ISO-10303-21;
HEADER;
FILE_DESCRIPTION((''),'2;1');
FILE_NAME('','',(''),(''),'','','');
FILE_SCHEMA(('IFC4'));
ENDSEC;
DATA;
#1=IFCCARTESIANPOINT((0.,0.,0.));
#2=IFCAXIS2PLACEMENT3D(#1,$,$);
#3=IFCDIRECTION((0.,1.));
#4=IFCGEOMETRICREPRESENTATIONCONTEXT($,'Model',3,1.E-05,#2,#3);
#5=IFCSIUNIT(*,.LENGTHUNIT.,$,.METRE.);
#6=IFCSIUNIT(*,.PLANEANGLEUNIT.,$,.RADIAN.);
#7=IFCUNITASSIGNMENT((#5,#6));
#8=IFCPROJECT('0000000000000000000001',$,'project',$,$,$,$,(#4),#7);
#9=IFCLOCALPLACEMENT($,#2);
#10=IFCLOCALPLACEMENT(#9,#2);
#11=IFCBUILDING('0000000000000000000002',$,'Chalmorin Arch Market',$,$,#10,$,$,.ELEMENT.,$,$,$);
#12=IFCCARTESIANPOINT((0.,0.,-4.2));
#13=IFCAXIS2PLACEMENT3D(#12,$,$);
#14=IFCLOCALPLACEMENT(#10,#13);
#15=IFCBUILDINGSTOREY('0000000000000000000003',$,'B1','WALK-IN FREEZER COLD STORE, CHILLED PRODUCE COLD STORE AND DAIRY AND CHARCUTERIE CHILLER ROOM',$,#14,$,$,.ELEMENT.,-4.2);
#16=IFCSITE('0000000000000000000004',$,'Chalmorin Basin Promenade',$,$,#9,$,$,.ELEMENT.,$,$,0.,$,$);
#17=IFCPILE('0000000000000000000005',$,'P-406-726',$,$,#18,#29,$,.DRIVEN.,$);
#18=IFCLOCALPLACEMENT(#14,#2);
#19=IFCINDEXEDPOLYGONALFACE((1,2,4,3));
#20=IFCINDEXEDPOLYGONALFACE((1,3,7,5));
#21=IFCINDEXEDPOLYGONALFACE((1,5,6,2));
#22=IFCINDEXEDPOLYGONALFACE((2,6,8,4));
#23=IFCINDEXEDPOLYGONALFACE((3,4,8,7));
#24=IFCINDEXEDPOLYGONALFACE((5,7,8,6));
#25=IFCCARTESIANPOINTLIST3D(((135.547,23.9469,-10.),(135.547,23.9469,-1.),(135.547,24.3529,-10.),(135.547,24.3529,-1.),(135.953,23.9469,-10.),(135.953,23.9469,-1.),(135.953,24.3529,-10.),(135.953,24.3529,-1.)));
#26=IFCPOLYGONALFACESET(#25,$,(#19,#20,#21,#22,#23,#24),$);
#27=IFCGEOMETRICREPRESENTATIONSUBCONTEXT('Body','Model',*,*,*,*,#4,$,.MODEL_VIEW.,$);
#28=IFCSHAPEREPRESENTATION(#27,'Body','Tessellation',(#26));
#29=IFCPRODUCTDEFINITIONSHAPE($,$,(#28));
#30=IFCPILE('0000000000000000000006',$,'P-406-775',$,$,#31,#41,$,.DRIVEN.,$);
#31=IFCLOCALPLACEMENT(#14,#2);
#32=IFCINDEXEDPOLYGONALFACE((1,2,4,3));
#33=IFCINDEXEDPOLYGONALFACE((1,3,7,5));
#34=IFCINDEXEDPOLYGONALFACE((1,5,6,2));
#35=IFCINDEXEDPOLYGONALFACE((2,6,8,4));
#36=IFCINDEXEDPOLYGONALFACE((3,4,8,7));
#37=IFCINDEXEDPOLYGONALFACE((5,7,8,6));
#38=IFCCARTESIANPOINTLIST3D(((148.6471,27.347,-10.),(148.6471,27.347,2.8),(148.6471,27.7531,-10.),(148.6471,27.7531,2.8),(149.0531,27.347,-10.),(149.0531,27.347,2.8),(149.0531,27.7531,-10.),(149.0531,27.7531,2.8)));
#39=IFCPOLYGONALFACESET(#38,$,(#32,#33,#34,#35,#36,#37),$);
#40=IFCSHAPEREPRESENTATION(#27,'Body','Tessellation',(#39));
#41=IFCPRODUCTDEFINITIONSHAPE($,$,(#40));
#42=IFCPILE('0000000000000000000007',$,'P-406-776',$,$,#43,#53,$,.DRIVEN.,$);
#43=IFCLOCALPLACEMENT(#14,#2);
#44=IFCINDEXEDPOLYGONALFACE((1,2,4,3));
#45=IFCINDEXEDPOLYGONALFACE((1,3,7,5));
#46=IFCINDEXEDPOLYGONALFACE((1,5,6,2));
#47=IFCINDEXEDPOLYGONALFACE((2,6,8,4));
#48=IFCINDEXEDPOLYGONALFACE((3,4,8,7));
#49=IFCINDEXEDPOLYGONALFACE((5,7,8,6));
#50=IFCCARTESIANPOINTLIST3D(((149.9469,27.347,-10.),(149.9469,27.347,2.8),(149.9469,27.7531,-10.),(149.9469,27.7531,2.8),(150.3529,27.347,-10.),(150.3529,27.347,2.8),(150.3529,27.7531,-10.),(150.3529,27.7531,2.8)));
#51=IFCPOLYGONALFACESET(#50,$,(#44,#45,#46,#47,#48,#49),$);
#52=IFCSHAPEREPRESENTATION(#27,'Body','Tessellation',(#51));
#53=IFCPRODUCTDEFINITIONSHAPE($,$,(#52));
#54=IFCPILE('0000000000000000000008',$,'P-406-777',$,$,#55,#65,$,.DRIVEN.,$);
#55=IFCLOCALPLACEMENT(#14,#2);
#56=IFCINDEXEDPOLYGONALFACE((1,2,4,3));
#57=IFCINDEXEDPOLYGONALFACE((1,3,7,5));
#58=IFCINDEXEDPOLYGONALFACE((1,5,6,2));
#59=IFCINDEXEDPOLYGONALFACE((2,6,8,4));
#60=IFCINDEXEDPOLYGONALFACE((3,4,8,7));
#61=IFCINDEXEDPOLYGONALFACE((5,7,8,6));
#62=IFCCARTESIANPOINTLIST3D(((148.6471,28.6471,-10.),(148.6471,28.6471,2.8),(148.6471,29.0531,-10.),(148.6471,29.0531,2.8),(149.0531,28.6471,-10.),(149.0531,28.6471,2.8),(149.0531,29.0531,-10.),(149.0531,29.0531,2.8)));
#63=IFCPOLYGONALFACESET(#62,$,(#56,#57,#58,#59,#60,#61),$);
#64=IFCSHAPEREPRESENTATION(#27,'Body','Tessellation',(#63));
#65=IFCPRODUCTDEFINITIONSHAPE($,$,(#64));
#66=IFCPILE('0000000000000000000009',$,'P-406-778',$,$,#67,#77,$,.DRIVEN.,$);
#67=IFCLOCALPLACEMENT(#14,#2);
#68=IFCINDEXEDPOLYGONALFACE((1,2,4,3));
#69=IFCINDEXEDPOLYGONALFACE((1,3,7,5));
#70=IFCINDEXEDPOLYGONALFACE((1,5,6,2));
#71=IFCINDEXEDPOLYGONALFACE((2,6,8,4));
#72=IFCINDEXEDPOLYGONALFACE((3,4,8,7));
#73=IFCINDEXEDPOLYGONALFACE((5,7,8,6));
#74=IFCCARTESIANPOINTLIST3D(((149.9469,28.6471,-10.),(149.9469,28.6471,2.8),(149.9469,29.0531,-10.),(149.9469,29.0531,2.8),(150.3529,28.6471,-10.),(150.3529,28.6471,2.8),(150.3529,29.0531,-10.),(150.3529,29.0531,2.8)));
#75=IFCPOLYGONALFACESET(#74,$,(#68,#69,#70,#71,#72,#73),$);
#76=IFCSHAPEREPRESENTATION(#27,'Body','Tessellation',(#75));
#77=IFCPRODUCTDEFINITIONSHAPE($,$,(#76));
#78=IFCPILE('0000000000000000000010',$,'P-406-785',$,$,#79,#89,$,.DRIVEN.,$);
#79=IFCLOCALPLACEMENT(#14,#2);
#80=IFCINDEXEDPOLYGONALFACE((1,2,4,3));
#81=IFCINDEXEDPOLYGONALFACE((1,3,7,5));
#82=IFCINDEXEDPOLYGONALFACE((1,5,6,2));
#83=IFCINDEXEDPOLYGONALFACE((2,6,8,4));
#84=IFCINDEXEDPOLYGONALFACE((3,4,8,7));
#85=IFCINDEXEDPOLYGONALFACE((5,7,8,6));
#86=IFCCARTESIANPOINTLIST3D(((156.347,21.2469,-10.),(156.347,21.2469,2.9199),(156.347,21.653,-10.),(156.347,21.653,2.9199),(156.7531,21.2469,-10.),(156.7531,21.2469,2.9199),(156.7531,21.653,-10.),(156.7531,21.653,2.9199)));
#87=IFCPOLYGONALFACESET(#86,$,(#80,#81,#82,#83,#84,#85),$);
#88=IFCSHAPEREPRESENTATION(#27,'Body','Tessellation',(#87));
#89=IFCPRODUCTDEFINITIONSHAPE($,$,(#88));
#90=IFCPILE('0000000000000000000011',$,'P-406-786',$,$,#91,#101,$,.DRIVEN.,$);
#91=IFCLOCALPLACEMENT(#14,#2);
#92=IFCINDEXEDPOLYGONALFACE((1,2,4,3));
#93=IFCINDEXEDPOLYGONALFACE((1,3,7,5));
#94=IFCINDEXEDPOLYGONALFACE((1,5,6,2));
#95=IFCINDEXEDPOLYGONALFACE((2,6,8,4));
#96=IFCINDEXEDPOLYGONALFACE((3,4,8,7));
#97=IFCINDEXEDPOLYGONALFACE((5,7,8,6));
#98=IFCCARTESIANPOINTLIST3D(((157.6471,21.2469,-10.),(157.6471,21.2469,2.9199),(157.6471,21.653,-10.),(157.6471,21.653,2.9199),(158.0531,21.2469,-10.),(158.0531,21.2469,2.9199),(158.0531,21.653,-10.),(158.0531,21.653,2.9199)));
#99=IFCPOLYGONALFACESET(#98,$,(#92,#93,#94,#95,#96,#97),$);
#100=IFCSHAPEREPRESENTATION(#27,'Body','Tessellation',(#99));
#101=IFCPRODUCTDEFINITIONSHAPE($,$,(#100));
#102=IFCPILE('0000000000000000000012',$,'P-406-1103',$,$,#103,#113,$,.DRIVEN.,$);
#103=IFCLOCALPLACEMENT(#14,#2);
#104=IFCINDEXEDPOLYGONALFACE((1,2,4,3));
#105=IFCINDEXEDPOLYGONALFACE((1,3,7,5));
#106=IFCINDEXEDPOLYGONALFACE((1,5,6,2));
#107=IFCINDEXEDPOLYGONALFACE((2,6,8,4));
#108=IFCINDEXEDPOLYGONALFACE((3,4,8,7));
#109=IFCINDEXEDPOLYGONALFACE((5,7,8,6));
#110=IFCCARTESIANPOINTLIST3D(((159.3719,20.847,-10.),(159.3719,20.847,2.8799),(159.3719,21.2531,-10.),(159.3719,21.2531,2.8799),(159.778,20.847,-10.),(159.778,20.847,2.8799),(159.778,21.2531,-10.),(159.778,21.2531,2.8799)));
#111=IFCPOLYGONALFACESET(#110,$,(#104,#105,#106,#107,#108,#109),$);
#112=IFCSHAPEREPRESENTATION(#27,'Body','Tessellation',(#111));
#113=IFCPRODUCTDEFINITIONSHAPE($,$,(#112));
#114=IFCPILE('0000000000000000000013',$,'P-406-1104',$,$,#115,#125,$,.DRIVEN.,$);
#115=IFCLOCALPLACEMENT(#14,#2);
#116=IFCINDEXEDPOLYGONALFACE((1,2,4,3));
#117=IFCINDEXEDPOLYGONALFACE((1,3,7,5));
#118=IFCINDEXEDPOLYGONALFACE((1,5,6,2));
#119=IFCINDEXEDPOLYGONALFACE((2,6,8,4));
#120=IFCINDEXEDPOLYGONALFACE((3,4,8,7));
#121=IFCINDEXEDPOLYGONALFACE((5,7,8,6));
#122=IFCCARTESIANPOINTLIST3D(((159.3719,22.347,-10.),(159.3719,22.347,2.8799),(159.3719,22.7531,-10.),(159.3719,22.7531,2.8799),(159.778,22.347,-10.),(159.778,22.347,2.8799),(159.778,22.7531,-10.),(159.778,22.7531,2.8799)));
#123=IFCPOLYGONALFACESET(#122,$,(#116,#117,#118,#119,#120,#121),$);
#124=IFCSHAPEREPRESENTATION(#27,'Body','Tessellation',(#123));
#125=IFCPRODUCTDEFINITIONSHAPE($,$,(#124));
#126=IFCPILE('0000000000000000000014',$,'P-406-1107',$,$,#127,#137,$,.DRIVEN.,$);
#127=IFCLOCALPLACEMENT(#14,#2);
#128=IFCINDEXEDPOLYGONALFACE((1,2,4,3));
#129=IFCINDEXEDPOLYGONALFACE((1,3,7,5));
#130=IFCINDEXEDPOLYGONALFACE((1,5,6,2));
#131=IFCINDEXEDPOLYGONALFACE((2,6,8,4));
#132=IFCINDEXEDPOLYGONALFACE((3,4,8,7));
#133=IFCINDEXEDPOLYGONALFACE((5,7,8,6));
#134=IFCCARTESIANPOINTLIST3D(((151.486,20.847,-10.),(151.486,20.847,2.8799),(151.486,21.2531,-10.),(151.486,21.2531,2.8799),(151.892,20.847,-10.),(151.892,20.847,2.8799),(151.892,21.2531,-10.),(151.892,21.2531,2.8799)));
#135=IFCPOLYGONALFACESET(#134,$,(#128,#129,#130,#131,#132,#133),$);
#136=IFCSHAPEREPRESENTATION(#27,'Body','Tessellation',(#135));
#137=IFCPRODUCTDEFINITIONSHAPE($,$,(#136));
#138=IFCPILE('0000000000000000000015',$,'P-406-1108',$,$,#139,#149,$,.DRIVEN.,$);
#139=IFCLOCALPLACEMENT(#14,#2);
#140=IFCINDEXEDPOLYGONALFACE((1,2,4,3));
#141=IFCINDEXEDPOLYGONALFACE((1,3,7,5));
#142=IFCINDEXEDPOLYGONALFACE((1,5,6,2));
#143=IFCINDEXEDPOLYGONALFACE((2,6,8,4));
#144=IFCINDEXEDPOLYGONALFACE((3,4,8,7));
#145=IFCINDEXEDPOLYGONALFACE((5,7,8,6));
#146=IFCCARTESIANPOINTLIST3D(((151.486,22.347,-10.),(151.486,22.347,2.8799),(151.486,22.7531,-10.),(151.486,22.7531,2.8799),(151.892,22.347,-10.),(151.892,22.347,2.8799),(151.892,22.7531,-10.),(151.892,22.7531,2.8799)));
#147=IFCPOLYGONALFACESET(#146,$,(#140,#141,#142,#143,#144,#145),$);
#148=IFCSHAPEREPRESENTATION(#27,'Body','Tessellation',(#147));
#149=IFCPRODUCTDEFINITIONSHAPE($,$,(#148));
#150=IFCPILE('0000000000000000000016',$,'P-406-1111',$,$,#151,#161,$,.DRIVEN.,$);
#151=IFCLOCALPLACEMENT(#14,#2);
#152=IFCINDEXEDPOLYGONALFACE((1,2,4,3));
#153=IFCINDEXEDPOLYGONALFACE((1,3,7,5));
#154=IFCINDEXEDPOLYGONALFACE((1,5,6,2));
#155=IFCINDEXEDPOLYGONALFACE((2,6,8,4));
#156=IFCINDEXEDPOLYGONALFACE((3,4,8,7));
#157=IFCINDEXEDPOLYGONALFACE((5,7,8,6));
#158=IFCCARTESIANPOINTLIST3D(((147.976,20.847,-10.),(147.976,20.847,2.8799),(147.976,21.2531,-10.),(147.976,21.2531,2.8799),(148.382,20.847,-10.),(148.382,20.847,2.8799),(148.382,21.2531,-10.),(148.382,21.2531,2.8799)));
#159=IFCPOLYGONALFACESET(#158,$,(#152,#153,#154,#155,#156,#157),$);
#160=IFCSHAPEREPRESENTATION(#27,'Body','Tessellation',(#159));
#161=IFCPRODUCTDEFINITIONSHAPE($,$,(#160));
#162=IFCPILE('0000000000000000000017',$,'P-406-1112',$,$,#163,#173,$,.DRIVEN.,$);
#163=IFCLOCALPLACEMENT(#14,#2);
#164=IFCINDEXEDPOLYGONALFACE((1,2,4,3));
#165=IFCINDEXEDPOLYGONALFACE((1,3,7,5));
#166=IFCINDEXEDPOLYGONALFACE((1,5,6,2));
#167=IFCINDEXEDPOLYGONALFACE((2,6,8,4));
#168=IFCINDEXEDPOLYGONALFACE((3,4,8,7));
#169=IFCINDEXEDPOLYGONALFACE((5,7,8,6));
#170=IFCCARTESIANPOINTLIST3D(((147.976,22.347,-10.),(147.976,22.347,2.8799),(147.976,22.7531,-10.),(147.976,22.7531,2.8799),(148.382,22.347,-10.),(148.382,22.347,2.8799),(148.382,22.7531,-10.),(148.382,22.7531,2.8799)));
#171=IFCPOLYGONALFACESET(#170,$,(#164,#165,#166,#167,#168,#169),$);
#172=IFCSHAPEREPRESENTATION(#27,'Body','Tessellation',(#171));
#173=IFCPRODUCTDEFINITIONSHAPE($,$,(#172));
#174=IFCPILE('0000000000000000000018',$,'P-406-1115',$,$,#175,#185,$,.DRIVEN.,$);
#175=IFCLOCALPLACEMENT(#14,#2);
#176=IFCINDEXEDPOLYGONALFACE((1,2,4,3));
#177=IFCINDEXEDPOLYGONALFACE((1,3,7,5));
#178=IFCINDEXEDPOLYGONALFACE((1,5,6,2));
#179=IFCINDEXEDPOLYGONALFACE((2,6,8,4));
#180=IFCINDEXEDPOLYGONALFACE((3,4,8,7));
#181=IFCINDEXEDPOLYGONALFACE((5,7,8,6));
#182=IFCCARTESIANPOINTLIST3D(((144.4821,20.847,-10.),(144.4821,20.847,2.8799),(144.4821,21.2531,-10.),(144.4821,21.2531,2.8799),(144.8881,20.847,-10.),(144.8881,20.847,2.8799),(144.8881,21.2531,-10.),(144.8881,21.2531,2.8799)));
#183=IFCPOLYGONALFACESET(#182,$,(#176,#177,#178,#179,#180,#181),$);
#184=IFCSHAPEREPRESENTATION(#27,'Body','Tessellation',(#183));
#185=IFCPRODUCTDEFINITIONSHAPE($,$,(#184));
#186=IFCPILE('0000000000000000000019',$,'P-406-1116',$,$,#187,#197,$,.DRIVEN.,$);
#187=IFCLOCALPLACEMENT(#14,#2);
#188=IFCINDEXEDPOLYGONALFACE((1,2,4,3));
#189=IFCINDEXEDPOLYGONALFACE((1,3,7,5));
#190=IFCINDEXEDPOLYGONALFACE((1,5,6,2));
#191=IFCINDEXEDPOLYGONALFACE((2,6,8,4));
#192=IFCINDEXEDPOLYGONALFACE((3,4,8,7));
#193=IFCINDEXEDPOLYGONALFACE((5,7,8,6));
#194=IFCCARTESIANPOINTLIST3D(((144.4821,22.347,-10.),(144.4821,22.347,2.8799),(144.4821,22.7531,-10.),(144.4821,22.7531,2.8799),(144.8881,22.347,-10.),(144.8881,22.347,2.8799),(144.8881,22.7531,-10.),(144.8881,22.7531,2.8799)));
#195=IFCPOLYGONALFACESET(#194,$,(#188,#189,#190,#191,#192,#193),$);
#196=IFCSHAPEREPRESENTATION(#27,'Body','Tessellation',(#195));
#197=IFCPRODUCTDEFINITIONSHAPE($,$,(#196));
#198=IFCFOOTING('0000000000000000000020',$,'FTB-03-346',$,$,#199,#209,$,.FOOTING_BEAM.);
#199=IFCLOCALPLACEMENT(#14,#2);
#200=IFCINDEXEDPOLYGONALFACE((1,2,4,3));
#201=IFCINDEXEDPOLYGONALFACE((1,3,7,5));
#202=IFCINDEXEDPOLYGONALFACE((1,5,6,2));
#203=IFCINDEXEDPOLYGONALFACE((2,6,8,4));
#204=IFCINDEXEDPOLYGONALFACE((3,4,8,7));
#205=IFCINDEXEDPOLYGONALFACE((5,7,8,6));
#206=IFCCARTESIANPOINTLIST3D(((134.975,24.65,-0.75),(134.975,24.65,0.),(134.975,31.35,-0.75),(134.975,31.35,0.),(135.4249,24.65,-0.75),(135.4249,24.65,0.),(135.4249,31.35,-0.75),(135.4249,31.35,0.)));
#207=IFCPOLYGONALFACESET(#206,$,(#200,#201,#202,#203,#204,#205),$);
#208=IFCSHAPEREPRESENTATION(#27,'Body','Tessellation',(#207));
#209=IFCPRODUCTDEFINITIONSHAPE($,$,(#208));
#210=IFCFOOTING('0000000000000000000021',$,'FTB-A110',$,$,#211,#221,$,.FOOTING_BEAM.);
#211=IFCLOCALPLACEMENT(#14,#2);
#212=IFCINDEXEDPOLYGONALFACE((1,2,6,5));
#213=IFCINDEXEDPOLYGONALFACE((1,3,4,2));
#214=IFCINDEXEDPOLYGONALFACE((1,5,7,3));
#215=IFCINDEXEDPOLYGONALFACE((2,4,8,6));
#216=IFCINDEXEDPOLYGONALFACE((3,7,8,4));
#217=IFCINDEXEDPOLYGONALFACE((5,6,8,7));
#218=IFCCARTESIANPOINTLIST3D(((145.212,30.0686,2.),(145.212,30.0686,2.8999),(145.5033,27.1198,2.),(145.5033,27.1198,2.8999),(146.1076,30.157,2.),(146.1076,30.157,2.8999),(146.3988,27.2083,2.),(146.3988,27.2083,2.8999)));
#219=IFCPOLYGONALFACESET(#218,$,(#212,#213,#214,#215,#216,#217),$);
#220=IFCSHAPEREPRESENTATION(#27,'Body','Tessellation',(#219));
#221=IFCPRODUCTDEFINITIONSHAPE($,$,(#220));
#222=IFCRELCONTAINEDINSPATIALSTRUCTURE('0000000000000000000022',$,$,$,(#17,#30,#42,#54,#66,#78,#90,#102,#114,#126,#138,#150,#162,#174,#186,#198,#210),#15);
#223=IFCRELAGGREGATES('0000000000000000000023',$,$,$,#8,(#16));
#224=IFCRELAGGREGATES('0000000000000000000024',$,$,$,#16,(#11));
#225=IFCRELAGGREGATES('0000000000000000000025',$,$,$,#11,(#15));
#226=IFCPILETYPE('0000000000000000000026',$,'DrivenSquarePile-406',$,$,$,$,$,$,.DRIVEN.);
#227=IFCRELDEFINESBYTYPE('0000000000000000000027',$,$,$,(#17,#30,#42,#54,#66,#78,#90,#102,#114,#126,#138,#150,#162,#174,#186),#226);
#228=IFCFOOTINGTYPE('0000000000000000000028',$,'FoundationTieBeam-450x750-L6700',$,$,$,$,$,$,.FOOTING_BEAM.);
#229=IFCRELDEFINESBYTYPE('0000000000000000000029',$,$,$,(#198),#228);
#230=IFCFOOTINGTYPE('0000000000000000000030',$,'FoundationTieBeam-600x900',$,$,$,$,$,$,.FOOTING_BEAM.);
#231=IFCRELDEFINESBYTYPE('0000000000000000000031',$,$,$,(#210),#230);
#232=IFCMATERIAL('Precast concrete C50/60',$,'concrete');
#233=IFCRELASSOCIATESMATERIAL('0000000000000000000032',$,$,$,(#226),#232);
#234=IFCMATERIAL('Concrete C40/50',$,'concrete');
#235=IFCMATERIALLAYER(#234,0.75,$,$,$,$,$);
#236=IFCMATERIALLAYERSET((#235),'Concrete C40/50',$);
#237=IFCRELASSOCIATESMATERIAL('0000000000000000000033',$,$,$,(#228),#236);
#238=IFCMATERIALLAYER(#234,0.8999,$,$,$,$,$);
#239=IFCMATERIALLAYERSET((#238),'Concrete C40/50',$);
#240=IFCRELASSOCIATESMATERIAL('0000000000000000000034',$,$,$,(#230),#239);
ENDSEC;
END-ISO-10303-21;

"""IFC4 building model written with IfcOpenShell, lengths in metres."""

from ifc_helpers import new_model, si_unit, direction, frame, origin, origin_2d, place, context, subcontext, project, spatial, rectangle, extrude, material, layer, layer_set, material_profile, profile_set, type_object, element, save


model = new_model("IFC4")

# Units and contexts
model_context = context("Model", 3, precision=1e-05, world=origin(), true_north=direction((0.0, 1.0)))
body_context = subcontext(model_context, "Body", "Model", "MODEL_VIEW")
ifc_project = project(units=[si_unit("LENGTHUNIT", "METRE"), si_unit("PLANEANGLEUNIT", "RADIAN")], contexts=[model_context])

# Site, building, storey
site_placement = place(None, origin())
site = spatial("IfcSite", under=ifc_project, at=site_placement, Name="Chalmorin Basin Promenade", CompositionType="ELEMENT", RefElevation=0.0)
building_placement = place(site_placement, origin())
building = spatial("IfcBuilding", under=site, at=building_placement, Name="Chalmorin Arch Market", CompositionType="ELEMENT")
storey_placement = place(building_placement, frame((0.0, 0.0, -4.2)))
storey = spatial("IfcBuildingStorey", under=building, at=storey_placement, Name="B1", Description="WALK-IN FREEZER COLD STORE, CHILLED PRODUCE COLD STORE AND DAIRY AND CHARCUTERIE CHILLER ROOM", CompositionType="ELEMENT", Elevation=-4.2)

# Piles
ifc_material_1 = material(Name="Precast concrete C50/60", Category="concrete")
ifc_material_profile_1 = material_profile(ifc_material_1, rectangle(XDim=0.406, YDim=0.406, at=origin_2d()), Name="PPC406")
ifc_profile_set_1 = profile_set([ifc_material_profile_1], Name="Precast concrete C50/60")
pile_type = type_object("IfcPileType", Name="DrivenSquarePile-406", PredefinedType="DRIVEN", material=ifc_profile_set_1)
pile_placement = place(storey_placement, frame((135.75, 24.1499, -1.0), z_axis=(0.0, 0.0, -1.0), x_axis=(1.0, 0.0, 0.0)))
element("IfcPile", 1, at=pile_placement, inside=storey, type_object=pile_type, Name="P-406-726", PredefinedType="DRIVEN", context=body_context, shape_type="SweptSolid", body=[
    extrude(rectangle(XDim=0.406, YDim=0.406, at=origin_2d()), origin(), (0.0, 0.0, 1.0), 9.0),
])
for number, where, z_axis, x_axis, name in (
    (2, (148.8501, 27.55, 2.8), (0.0, 0.0, -1.0), (1.0, 0.0, 0.0), "P-406-775"),
    (3, (150.1499, 27.55, 2.8), (0.0, 0.0, -1.0), (1.0, 0.0, 0.0), "P-406-776"),
    (4, (148.8501, 28.8501, 2.8), (0.0, 0.0, -1.0), (1.0, 0.0, 0.0), "P-406-777"),
    (5, (150.1499, 28.8501, 2.8), (0.0, 0.0, -1.0), (1.0, 0.0, 0.0), "P-406-778"),
):
    element("IfcPile", number, at=place(storey_placement, frame(where, z_axis=z_axis, x_axis=x_axis)), inside=storey, type_object=pile_type, Name=name, PredefinedType="DRIVEN", context=body_context, shape_type="SweptSolid", body=[
        extrude(rectangle(XDim=0.406, YDim=0.406, at=origin_2d()), origin(), (0.0, 0.0, 1.0), 12.8),
    ])
for number, where, z_axis, x_axis, name in (
    (6, (156.55, 21.45, 2.9199), (0.0, 0.0, -1.0), (1.0, 0.0, 0.0), "P-406-785"),
    (7, (157.8501, 21.45, 2.9199), (0.0, 0.0, -1.0), (1.0, 0.0, 0.0), "P-406-786"),
):
    element("IfcPile", number, at=place(storey_placement, frame(where, z_axis=z_axis, x_axis=x_axis)), inside=storey, type_object=pile_type, Name=name, PredefinedType="DRIVEN", context=body_context, shape_type="SweptSolid", body=[
        extrude(rectangle(XDim=0.406, YDim=0.406, at=origin_2d()), origin(), (0.0, 0.0, 1.0), 12.9199),
    ])
for number, where, z_axis, x_axis, name in (
    (8, (159.575, 21.05, 2.8799), (0.0, 0.0, -1.0), (1.0, 0.0, 0.0), "P-406-1103"),
    (9, (159.575, 22.55, 2.8799), (0.0, 0.0, -1.0), (1.0, 0.0, 0.0), "P-406-1104"),
    (10, (151.689, 21.05, 2.8799), (0.0, 0.0, -1.0), (1.0, 0.0, 0.0), "P-406-1107"),
    (11, (151.689, 22.55, 2.8799), (0.0, 0.0, -1.0), (1.0, 0.0, 0.0), "P-406-1108"),
    (12, (148.179, 21.05, 2.8799), (0.0, 0.0, -1.0), (1.0, 0.0, 0.0), "P-406-1111"),
    (13, (148.179, 22.55, 2.8799), (0.0, 0.0, -1.0), (1.0, 0.0, 0.0), "P-406-1112"),
    (14, (144.6851, 21.05, 2.8799), (0.0, 0.0, -1.0), (1.0, 0.0, 0.0), "P-406-1115"),
    (15, (144.6851, 22.55, 2.8799), (0.0, 0.0, -1.0), (1.0, 0.0, 0.0), "P-406-1116"),
):
    element("IfcPile", number, at=place(storey_placement, frame(where, z_axis=z_axis, x_axis=x_axis)), inside=storey, type_object=pile_type, Name=name, PredefinedType="DRIVEN", context=body_context, shape_type="SweptSolid", body=[
        extrude(rectangle(XDim=0.406, YDim=0.406, at=origin_2d()), origin(), (0.0, 0.0, 1.0), 12.8799),
    ])

# Footings
ifc_material_2 = material(Name="Concrete C40/50", Category="concrete")
ifc_layer_1 = layer(ifc_material_2, 0.75)
ifc_layer_set_1 = layer_set([ifc_layer_1], Name="Concrete C40/50")
footing_type_1 = type_object("IfcFootingType", Name="FoundationTieBeam-450x750-L6700", PredefinedType="FOOTING_BEAM", material=ifc_layer_set_1)
footing_1_placement = place(storey_placement, frame((135.2, 28.0, -0.75), z_axis=(0.0, 0.0, 1.0), x_axis=(0.0, 1.0, 0.0)))
element("IfcFooting", 16, at=footing_1_placement, inside=storey, type_object=footing_type_1, Name="FTB-03-346", PredefinedType="FOOTING_BEAM", context=body_context, shape_type="SweptSolid", body=[
    extrude(rectangle(XDim=6.7, YDim=0.45, at=origin_2d()), origin(), (0.0, 0.0, 1.0), 0.75),
])
ifc_layer_2 = layer(ifc_material_2, 0.8999)
ifc_layer_set_2 = layer_set([ifc_layer_2], Name="Concrete C40/50")
footing_type_2 = type_object("IfcFootingType", Name="FoundationTieBeam-600x900", PredefinedType="FOOTING_BEAM", material=ifc_layer_set_2)
footing_2_placement = place(storey_placement, frame((145.8054, 28.6384, 2.0), z_axis=(0.0, 0.0, 1.0), x_axis=(0.098278, -0.995159, 0.0)))
element("IfcFooting", 17, at=footing_2_placement, inside=storey, type_object=footing_type_2, Name="FTB-A110", PredefinedType="FOOTING_BEAM", context=body_context, shape_type="SweptSolid", body=[
    extrude(rectangle(XDim=2.9631, YDim=0.8999, at=origin_2d()), origin(), (0.0, 0.0, 1.0), 0.8999),
])

save(model, "model.ifc")
